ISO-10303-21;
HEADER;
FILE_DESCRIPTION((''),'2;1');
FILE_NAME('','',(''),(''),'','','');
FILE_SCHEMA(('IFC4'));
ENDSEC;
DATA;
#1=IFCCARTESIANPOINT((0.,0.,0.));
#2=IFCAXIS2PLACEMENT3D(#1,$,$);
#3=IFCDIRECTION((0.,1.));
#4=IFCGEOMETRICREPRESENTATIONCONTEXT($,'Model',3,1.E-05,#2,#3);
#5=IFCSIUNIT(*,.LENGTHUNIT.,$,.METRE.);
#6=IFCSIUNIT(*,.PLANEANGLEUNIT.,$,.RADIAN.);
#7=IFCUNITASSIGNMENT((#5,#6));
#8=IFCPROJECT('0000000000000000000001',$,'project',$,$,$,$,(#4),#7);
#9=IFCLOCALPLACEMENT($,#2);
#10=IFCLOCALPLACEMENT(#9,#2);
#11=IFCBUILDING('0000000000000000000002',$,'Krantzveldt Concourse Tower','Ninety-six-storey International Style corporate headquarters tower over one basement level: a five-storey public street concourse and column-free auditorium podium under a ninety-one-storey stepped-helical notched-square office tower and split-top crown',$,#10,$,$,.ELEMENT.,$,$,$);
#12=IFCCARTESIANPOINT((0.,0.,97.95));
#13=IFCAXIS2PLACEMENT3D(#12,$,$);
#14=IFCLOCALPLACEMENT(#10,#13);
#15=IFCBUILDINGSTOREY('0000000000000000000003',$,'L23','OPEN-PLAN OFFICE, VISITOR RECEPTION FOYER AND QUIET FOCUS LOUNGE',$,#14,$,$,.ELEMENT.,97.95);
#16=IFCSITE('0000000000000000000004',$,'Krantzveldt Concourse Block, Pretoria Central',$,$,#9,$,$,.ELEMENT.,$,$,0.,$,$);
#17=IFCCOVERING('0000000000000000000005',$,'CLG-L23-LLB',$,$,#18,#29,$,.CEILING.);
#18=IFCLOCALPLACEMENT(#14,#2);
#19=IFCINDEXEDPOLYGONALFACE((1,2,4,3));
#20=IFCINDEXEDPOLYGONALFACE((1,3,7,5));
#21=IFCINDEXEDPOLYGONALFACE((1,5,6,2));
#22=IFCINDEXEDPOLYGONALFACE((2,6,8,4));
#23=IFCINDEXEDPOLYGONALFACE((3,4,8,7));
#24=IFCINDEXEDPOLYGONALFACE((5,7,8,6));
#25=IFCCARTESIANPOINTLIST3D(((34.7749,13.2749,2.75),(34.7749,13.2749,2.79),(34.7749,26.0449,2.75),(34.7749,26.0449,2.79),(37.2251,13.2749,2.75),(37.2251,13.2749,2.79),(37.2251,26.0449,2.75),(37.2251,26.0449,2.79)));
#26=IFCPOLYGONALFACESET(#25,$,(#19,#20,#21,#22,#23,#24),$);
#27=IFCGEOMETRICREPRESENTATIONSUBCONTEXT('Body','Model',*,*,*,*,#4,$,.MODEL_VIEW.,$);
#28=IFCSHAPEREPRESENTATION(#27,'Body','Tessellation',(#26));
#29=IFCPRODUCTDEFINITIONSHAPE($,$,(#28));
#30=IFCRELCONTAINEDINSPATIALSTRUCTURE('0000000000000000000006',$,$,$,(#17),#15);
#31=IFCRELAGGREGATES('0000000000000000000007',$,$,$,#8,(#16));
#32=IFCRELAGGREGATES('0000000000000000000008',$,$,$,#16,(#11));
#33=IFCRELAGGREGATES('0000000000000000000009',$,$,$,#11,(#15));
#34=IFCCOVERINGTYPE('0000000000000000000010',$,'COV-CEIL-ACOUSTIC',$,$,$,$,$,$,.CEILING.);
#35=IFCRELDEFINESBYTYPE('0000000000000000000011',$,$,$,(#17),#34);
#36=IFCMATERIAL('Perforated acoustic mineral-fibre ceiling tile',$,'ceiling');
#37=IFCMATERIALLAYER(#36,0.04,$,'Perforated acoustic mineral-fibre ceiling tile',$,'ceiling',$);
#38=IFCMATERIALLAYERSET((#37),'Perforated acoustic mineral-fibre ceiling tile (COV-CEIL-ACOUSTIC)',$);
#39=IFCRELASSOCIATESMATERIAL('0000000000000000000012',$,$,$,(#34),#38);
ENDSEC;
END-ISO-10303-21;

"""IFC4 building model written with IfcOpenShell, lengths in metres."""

from ifc_helpers import new_model, si_unit, direction, frame, origin, place, context, subcontext, project, spatial, polyline, outline, extrude, material, layer, layer_set, type_object, element, save


model = new_model("IFC4")

# Units and contexts
model_context = context("Model", 3, precision=1e-05, world=origin(), true_north=direction((0.0, 1.0)))
body_context = subcontext(model_context, "Body", "Model", "MODEL_VIEW")
ifc_project = project(units=[si_unit("LENGTHUNIT", "METRE"), si_unit("PLANEANGLEUNIT", "RADIAN")], contexts=[model_context])

# Site, building, storey
site_placement = place(None, origin())
site = spatial("IfcSite", under=ifc_project, at=site_placement, Name="Krantzveldt Concourse Block, Pretoria Central", CompositionType="ELEMENT", RefElevation=0.0)
building_placement = place(site_placement, origin())
building = spatial("IfcBuilding", under=site, at=building_placement, Name="Krantzveldt Concourse Tower", Description="Ninety-six-storey International Style corporate headquarters tower over one basement level: a five-storey public street concourse and column-free auditorium podium under a ninety-one-storey stepped-helical notched-square office tower and split-top crown", CompositionType="ELEMENT")
storey_placement = place(building_placement, frame((0.0, 0.0, 97.95)))
storey = spatial("IfcBuildingStorey", under=building, at=storey_placement, Name="L23", Description="OPEN-PLAN OFFICE, VISITOR RECEPTION FOYER AND QUIET FOCUS LOUNGE", CompositionType="ELEMENT", Elevation=97.95)

# Covering
ifc_material_1 = material(Name="Perforated acoustic mineral-fibre ceiling tile", Category="ceiling")
ifc_layer_1 = layer(ifc_material_1, 0.04, Name="Perforated acoustic mineral-fibre ceiling tile", Category="ceiling")
ifc_layer_set_1 = layer_set([ifc_layer_1], Name="Perforated acoustic mineral-fibre ceiling tile (COV-CEIL-ACOUSTIC)")
covering_type = type_object("IfcCoveringType", Name="COV-CEIL-ACOUSTIC", PredefinedType="CEILING", material=ifc_layer_set_1)
covering_placement = place(storey_placement, frame((0.0, 0.0, 2.75)))
element("IfcCovering", 1, at=covering_placement, inside=storey, type_object=covering_type, Name="CLG-L23-LLB", PredefinedType="CEILING", context=body_context, shape_type="SweptSolid", body=[
    extrude(outline(polyline([(37.2251, 13.2749), (34.7749, 13.2749), (34.7749, 26.0449), (37.2251, 26.0449), (37.2251, 13.2749)])), origin(), (0.0, 0.0, 1.0), 0.04),
])

save(model, "model.ifc")
